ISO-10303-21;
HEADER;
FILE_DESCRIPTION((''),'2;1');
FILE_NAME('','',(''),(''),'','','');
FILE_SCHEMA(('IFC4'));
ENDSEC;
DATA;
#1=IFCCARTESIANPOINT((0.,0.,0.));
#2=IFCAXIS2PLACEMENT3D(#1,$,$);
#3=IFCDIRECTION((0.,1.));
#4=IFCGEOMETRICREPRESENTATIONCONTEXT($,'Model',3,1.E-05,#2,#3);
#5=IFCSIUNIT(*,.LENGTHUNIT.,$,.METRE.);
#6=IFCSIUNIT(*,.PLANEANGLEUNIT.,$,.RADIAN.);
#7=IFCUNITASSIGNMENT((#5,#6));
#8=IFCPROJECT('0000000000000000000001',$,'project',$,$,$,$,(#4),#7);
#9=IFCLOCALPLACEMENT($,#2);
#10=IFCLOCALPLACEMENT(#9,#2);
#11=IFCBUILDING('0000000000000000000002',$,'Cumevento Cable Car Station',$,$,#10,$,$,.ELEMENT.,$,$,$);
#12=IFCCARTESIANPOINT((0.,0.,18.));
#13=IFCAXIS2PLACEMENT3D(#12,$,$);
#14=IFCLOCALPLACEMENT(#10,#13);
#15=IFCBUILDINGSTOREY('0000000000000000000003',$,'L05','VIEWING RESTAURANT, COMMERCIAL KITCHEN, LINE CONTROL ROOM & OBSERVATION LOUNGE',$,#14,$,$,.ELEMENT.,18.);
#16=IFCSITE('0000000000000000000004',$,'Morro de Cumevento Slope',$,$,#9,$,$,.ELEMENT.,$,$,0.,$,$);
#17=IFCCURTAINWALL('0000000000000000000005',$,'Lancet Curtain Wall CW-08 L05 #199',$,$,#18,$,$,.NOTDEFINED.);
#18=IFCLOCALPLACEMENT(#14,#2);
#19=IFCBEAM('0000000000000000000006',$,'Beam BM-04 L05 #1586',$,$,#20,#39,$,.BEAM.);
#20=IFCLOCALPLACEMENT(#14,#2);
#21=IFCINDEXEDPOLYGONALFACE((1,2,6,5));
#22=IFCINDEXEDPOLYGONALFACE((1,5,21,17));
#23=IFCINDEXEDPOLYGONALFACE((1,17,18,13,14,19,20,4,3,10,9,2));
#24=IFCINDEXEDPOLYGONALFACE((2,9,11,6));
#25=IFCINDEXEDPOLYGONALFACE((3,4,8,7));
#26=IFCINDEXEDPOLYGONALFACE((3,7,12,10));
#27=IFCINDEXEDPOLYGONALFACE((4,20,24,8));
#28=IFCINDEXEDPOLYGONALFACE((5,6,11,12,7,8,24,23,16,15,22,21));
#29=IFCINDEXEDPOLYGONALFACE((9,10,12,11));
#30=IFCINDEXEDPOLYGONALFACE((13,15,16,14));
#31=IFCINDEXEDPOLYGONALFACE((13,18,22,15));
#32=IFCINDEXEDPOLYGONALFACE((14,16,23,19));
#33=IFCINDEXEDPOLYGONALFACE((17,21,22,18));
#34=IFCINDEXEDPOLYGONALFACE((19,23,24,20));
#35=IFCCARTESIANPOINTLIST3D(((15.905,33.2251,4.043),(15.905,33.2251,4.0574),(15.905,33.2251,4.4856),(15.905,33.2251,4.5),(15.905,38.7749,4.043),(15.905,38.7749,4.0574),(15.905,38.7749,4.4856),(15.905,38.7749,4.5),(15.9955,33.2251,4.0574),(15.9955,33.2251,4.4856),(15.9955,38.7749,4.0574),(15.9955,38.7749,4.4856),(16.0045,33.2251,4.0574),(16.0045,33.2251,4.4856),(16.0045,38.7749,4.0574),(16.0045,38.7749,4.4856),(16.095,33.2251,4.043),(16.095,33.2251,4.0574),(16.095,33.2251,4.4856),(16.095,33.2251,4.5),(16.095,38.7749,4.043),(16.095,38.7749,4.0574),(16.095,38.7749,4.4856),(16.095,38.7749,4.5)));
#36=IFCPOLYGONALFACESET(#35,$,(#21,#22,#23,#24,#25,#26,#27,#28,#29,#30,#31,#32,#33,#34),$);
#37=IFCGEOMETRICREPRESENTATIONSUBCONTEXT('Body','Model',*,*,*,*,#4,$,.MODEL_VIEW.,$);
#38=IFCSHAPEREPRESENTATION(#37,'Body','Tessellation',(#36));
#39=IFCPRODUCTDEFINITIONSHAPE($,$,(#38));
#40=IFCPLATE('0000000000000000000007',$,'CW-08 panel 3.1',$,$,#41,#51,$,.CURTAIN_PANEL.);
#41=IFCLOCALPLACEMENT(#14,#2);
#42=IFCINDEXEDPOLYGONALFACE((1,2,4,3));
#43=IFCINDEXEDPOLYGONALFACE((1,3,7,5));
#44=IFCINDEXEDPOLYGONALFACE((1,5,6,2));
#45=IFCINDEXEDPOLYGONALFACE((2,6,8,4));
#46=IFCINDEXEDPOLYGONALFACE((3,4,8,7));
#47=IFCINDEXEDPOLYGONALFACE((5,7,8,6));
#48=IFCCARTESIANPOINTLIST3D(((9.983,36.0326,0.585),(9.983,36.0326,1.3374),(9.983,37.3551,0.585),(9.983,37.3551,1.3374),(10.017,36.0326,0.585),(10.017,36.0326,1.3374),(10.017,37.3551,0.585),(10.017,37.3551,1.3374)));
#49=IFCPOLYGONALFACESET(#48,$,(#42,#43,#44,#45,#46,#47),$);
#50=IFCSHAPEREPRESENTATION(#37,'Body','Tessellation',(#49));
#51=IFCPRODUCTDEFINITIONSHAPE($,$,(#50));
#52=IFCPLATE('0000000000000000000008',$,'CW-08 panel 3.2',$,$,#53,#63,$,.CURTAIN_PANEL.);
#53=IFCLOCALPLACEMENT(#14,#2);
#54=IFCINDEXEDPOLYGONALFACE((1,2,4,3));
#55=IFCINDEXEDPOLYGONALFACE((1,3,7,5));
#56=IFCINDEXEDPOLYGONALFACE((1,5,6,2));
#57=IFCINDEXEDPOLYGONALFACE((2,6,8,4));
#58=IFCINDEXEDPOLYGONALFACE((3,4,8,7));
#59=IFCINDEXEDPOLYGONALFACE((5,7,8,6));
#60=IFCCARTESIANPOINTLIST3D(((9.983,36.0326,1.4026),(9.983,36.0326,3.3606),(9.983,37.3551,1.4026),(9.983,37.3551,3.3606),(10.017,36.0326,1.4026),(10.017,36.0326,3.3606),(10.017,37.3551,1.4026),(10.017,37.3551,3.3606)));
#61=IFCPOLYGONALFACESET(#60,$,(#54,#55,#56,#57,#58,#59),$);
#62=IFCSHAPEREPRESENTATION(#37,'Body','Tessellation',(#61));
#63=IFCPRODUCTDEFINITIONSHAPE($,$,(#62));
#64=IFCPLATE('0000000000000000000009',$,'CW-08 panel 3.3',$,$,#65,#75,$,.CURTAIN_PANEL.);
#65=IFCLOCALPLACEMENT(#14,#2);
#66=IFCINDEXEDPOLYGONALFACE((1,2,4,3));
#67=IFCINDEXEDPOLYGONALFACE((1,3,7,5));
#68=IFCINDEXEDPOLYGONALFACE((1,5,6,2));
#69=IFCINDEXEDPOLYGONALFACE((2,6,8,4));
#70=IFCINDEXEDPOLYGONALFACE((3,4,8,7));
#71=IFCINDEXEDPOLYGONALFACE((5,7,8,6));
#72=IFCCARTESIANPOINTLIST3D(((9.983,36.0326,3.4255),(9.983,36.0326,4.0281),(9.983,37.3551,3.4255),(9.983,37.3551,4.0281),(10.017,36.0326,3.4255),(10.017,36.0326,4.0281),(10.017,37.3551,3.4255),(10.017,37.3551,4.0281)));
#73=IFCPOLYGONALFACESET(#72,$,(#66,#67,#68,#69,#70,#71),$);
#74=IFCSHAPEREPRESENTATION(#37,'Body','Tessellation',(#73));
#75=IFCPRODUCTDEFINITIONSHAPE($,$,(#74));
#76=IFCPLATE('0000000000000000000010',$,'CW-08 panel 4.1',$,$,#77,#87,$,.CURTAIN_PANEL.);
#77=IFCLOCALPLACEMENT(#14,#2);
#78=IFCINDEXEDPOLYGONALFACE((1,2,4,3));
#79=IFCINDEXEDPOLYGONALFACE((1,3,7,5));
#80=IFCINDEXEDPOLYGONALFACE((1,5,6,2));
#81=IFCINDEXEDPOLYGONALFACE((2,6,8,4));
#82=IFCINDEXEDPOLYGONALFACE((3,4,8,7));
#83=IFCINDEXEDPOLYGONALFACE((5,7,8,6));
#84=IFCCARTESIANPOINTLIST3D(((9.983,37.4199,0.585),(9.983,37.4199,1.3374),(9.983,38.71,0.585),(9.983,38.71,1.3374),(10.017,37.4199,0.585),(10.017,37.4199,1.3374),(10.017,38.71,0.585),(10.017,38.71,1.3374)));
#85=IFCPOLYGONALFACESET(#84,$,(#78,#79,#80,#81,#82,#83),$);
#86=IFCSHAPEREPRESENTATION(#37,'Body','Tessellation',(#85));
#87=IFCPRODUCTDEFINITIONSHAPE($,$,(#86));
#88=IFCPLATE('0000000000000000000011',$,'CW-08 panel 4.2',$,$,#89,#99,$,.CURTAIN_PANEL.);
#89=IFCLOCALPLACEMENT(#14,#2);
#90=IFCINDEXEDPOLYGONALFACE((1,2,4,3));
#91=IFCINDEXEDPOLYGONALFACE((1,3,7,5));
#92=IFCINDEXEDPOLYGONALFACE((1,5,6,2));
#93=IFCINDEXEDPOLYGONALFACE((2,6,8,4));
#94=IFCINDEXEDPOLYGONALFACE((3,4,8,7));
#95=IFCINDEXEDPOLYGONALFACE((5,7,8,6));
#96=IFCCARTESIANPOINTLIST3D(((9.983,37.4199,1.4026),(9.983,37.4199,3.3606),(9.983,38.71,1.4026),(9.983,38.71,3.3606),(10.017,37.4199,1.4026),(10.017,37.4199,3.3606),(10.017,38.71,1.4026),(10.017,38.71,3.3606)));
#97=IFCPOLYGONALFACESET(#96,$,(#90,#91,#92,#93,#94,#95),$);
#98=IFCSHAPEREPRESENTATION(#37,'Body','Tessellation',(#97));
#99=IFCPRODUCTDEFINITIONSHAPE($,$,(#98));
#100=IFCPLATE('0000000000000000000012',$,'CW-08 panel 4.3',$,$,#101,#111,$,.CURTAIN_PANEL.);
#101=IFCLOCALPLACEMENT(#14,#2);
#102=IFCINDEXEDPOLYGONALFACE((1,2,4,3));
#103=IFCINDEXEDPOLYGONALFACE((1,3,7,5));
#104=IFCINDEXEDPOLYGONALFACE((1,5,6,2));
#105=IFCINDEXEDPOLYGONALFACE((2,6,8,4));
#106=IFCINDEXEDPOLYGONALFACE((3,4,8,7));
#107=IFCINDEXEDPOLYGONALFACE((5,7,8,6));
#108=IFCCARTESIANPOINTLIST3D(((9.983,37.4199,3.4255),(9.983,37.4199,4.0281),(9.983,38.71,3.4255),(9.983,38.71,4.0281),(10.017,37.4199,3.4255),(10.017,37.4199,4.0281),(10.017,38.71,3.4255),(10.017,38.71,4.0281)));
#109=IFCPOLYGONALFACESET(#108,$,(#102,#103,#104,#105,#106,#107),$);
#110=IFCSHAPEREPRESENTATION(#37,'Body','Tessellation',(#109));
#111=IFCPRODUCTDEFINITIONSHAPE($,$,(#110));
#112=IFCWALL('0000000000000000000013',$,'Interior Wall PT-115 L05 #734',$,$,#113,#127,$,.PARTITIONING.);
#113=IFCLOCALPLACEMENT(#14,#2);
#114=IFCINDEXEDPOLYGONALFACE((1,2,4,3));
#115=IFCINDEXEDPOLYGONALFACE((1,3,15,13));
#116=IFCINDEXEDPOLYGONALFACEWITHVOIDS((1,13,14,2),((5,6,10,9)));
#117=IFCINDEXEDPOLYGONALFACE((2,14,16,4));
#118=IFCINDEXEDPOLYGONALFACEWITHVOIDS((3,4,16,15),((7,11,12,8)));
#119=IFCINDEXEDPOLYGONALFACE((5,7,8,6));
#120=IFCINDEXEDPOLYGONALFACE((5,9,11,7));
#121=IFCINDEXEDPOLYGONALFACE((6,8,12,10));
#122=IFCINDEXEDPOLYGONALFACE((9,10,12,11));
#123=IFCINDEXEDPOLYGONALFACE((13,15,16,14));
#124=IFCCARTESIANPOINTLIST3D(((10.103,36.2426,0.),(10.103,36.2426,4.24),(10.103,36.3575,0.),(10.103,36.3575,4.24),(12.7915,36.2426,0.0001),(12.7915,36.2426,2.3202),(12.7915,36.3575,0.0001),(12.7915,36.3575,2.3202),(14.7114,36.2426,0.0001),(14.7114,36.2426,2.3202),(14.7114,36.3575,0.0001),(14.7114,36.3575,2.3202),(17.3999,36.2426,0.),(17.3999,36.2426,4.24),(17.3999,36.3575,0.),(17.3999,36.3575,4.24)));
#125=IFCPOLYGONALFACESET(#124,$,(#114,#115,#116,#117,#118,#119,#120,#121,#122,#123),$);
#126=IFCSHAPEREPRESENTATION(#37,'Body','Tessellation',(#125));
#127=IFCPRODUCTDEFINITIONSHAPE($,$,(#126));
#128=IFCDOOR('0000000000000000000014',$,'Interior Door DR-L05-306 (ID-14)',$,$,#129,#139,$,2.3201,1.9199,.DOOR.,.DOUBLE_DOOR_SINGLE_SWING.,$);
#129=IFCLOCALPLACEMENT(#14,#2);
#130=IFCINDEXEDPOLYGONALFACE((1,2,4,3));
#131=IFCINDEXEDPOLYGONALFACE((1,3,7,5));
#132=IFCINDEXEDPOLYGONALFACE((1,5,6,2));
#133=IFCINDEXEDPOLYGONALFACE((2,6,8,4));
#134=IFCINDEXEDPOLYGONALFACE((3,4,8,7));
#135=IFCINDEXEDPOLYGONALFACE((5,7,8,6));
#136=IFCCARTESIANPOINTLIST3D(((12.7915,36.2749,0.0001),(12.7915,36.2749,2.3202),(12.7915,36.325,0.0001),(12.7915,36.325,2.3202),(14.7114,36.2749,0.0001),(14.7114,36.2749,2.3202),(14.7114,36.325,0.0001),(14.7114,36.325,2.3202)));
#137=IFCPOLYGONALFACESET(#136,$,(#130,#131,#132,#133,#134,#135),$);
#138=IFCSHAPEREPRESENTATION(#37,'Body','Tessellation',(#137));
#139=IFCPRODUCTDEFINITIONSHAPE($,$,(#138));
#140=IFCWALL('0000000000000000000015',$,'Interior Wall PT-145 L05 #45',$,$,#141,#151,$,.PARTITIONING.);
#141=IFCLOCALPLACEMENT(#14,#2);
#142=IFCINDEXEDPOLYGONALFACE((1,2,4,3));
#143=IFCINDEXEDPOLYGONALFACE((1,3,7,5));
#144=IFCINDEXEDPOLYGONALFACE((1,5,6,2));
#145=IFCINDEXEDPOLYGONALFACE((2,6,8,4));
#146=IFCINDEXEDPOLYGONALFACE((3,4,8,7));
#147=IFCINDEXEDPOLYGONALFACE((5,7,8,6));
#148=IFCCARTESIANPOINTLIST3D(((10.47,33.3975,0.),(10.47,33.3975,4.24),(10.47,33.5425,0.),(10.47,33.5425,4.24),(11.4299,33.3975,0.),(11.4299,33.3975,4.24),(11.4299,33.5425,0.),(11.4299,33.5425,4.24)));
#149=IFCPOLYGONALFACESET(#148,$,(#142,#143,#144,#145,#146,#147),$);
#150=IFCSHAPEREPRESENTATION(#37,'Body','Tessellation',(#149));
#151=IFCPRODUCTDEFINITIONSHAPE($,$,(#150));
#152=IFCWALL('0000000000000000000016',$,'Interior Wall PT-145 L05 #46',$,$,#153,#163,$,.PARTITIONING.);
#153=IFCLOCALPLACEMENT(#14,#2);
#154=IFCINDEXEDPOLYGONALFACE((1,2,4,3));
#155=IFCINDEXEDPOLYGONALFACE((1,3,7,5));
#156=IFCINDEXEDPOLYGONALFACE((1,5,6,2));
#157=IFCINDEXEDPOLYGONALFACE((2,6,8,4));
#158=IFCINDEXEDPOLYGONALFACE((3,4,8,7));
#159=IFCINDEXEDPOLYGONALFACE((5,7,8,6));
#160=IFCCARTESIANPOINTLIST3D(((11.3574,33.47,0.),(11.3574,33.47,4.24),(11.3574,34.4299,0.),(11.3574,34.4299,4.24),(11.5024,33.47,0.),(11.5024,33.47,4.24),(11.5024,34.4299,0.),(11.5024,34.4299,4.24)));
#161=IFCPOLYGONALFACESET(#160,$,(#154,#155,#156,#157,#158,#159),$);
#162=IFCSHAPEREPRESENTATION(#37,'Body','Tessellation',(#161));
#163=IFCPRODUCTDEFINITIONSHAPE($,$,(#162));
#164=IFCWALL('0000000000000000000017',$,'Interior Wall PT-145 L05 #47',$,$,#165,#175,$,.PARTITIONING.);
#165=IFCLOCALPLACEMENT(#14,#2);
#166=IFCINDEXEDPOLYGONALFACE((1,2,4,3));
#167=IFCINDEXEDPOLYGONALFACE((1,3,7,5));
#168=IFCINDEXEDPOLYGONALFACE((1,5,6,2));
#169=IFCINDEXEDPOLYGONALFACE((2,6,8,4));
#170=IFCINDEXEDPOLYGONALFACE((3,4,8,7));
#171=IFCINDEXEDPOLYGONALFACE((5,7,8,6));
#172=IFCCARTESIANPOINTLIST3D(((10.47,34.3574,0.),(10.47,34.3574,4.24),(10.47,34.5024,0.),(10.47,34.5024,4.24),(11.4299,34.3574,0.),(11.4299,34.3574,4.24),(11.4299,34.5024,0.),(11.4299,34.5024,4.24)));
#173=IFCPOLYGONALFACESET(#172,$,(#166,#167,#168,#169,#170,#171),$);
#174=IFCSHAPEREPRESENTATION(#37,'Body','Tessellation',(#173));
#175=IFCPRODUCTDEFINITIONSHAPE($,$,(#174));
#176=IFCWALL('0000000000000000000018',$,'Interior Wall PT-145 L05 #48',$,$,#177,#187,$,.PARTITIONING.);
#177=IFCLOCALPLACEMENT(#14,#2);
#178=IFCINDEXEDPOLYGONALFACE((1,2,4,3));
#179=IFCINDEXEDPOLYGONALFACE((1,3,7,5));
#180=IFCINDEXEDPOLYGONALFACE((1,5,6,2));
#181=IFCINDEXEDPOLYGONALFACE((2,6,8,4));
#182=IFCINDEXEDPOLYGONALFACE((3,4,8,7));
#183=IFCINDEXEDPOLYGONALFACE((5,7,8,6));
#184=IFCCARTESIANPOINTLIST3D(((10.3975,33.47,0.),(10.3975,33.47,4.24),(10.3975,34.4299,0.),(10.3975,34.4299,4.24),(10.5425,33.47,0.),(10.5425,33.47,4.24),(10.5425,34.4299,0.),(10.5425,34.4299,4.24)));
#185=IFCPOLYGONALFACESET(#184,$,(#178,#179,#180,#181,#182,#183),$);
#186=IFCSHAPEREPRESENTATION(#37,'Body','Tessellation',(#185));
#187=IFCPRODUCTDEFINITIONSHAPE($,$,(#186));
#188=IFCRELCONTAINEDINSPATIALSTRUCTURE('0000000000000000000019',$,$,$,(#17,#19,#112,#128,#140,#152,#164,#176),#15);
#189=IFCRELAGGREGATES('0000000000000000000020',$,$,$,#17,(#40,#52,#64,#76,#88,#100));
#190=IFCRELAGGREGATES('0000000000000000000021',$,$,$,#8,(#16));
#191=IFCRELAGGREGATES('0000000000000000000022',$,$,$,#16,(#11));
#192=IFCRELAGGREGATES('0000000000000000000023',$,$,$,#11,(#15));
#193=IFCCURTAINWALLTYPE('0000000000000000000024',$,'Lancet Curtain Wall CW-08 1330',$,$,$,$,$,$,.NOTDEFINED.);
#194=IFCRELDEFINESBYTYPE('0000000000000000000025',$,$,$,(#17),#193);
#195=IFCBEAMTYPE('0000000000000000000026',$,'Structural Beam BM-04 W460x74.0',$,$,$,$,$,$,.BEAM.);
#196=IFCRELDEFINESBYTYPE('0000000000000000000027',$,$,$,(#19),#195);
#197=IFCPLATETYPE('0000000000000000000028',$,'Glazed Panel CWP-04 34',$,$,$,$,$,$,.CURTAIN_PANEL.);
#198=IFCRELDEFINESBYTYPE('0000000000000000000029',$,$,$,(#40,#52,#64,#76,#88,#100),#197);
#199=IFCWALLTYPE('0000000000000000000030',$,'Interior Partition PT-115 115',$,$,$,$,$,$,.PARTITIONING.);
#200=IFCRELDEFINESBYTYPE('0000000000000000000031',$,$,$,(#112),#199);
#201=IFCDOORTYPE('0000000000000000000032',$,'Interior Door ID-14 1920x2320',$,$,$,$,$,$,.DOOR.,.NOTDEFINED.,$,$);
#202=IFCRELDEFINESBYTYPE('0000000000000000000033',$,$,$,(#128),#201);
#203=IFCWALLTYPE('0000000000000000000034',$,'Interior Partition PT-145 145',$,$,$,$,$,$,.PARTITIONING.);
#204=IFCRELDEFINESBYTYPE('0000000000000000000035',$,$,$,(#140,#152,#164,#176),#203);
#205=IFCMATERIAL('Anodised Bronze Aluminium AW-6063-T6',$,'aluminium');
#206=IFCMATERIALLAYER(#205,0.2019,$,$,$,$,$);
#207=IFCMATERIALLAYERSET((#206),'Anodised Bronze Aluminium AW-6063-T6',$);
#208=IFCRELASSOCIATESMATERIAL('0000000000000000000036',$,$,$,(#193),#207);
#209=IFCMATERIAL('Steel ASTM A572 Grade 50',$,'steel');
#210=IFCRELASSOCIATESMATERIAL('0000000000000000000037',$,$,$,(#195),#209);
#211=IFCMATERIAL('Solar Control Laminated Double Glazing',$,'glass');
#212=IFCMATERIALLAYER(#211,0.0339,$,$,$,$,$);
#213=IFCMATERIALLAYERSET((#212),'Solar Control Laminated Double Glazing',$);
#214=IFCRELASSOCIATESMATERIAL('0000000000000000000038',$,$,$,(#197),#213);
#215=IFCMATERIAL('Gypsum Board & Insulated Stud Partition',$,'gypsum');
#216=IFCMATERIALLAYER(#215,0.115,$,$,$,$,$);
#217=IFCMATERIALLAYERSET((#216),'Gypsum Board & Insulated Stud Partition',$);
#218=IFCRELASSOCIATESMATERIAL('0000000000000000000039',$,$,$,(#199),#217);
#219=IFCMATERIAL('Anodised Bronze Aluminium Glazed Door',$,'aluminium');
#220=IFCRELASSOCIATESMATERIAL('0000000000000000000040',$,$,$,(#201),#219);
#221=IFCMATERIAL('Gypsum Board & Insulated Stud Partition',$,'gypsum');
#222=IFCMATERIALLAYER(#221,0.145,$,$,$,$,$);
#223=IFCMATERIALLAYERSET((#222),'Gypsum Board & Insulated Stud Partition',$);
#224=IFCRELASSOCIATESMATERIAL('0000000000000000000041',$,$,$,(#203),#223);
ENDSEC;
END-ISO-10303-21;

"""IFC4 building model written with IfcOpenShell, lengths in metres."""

from ifc_helpers import new_model, si_unit, direction, frame, frame_2d, origin, origin_2d, place, context, subcontext, project, spatial, rectangle, i_section, extrude, material, layer, layer_set, material_profile, profile_set, type_object, element, fill, aggregate, save


model = new_model("IFC4")

# Units and contexts
model_context = context("Model", 3, precision=1e-05, world=origin(), true_north=direction((0.0, 1.0)))
body_context = subcontext(model_context, "Body", "Model", "MODEL_VIEW")
ifc_project = project(units=[si_unit("LENGTHUNIT", "METRE"), si_unit("PLANEANGLEUNIT", "RADIAN")], contexts=[model_context])

# Site, building, storey
site_placement = place(None, origin())
site = spatial("IfcSite", under=ifc_project, at=site_placement, Name="Morro de Cumevento Slope", CompositionType="ELEMENT", RefElevation=0.0)
building_placement = place(site_placement, origin())
building = spatial("IfcBuilding", under=site, at=building_placement, Name="Cumevento Cable Car Station", CompositionType="ELEMENT")
storey_placement = place(building_placement, frame((0.0, 0.0, 18.0)))
storey = spatial("IfcBuildingStorey", under=building, at=storey_placement, Name="L05", Description="VIEWING RESTAURANT, COMMERCIAL KITCHEN, LINE CONTROL ROOM & OBSERVATION LOUNGE", CompositionType="ELEMENT", Elevation=18.0)

# Curtain wall
ifc_material_1 = material(Name="Anodised Bronze Aluminium AW-6063-T6", Category="aluminium")
ifc_layer_1 = layer(ifc_material_1, 0.2019)
ifc_layer_set_1 = layer_set([ifc_layer_1], Name="Anodised Bronze Aluminium AW-6063-T6")
curtain_wall_type = type_object("IfcCurtainWallType", Name="Lancet Curtain Wall CW-08 1330", PredefinedType="NOTDEFINED", material=ifc_layer_set_1)
curtain_wall_placement = place(storey_placement, origin())
curtain_wall = element("IfcCurtainWall", 1, at=curtain_wall_placement, inside=storey, type_object=curtain_wall_type, Name="Lancet Curtain Wall CW-08 L05 #199", PredefinedType="NOTDEFINED")

# Beam
ifc_material_2 = material(Name="Steel ASTM A572 Grade 50", Category="steel")
ifc_material_profile_1 = material_profile(ifc_material_2, i_section(OverallWidth=0.1899, OverallDepth=0.457, WebThickness=0.009, FlangeThickness=0.0144, at=origin_2d()), Name="W460x74.0")
ifc_profile_set_1 = profile_set([ifc_material_profile_1], Name="Steel ASTM A572 Grade 50")
beam_type = type_object("IfcBeamType", Name="Structural Beam BM-04 W460x74.0", PredefinedType="BEAM", material=ifc_profile_set_1)
beam_placement = place(storey_placement, frame((16.0, 33.2251, 4.2715), z_axis=(0.0, 1.0, 0.0), x_axis=(-1.0, 0.0, 0.0)))
element("IfcBeam", 2, at=beam_placement, inside=storey, type_object=beam_type, Name="Beam BM-04 L05 #1586", PredefinedType="BEAM", context=body_context, shape_type="SweptSolid", body=[
    extrude(i_section(OverallWidth=0.1899, OverallDepth=0.457, WebThickness=0.009, FlangeThickness=0.0144, at=origin_2d()), origin(), (0.0, 0.0, 1.0), 5.5498),
])

# Plates
ifc_material_3 = material(Name="Solar Control Laminated Double Glazing", Category="glass")
ifc_layer_2 = layer(ifc_material_3, 0.0339)
ifc_layer_set_2 = layer_set([ifc_layer_2], Name="Solar Control Laminated Double Glazing")
plate_type = type_object("IfcPlateType", Name="Glazed Panel CWP-04 34", PredefinedType="CURTAIN_PANEL", material=ifc_layer_set_2)
plate_1_placement = place(storey_placement, frame((10.0, 36.6938, 0.585), z_axis=(0.0, 0.0, 1.0), x_axis=(0.0, 1.0, 0.0)))
plate_1 = element("IfcPlate", 3, at=plate_1_placement, type_object=plate_type, Name="CW-08 panel 3.1", PredefinedType="CURTAIN_PANEL", context=body_context, shape_type="SweptSolid", body=[
    extrude(rectangle(XDim=1.3225, YDim=0.0339, at=origin_2d()), origin(), (0.0, 0.0, 1.0), 0.7524),
])
plate_2_placement = place(storey_placement, frame((10.0, 36.6938, 1.4026), z_axis=(0.0, 0.0, 1.0), x_axis=(0.0, 1.0, 0.0)))
plate_2 = element("IfcPlate", 4, at=plate_2_placement, type_object=plate_type, Name="CW-08 panel 3.2", PredefinedType="CURTAIN_PANEL", context=body_context, shape_type="SweptSolid", body=[
    extrude(rectangle(XDim=1.3225, YDim=0.0339, at=origin_2d()), origin(), (0.0, 0.0, 1.0), 1.958),
])
plate_3_placement = place(storey_placement, frame((10.0, 36.6938, 3.4255), z_axis=(0.0, 0.0, 1.0), x_axis=(0.0, 1.0, 0.0)))
plate_3 = element("IfcPlate", 5, at=plate_3_placement, type_object=plate_type, Name="CW-08 panel 3.3", PredefinedType="CURTAIN_PANEL", context=body_context, shape_type="SweptSolid", body=[
    extrude(rectangle(XDim=1.3225, YDim=0.0339, at=origin_2d()), origin(), (0.0, 0.0, 1.0), 0.6025),
])
plate_4_placement = place(storey_placement, frame((10.0, 38.0649, 0.585), z_axis=(0.0, 0.0, 1.0), x_axis=(0.0, 1.0, 0.0)))
plate_4 = element("IfcPlate", 6, at=plate_4_placement, type_object=plate_type, Name="CW-08 panel 4.1", PredefinedType="CURTAIN_PANEL", context=body_context, shape_type="SweptSolid", body=[
    extrude(rectangle(XDim=1.29, YDim=0.0339, at=origin_2d()), origin(), (0.0, 0.0, 1.0), 0.7524),
])
plate_5_placement = place(storey_placement, frame((10.0, 38.0649, 1.4026), z_axis=(0.0, 0.0, 1.0), x_axis=(0.0, 1.0, 0.0)))
plate_5 = element("IfcPlate", 7, at=plate_5_placement, type_object=plate_type, Name="CW-08 panel 4.2", PredefinedType="CURTAIN_PANEL", context=body_context, shape_type="SweptSolid", body=[
    extrude(rectangle(XDim=1.29, YDim=0.0339, at=origin_2d()), origin(), (0.0, 0.0, 1.0), 1.958),
])
plate_6_placement = place(storey_placement, frame((10.0, 38.0649, 3.4255), z_axis=(0.0, 0.0, 1.0), x_axis=(0.0, 1.0, 0.0)))
plate_6 = element("IfcPlate", 8, at=plate_6_placement, type_object=plate_type, Name="CW-08 panel 4.3", PredefinedType="CURTAIN_PANEL", context=body_context, shape_type="SweptSolid", body=[
    extrude(rectangle(XDim=1.29, YDim=0.0339, at=origin_2d()), origin(), (0.0, 0.0, 1.0), 0.6025),
])
aggregate(curtain_wall, [plate_1, plate_2, plate_3, plate_4, plate_5, plate_6])

# Wall, opening, door
ifc_material_4 = material(Name="Gypsum Board & Insulated Stud Partition", Category="gypsum")
ifc_layer_3 = layer(ifc_material_4, 0.115)
ifc_layer_set_3 = layer_set([ifc_layer_3], Name="Gypsum Board & Insulated Stud Partition")
wall_type_1 = type_object("IfcWallType", Name="Interior Partition PT-115 115", PredefinedType="PARTITIONING", material=ifc_layer_set_3)
wall_placement = place(storey_placement, frame((10.103, 36.3, 0.0), z_axis=(0.0, 0.0, 1.0), x_axis=(1.0, 0.0, 0.0)))
wall = element("IfcWall", 9, at=wall_placement, inside=storey, type_object=wall_type_1, Name="Interior Wall PT-115 L05 #734", PredefinedType="PARTITIONING", context=body_context, shape_type="SweptSolid", body=[
    extrude(rectangle(XDim=7.2969, YDim=0.115, at=frame_2d((3.6484, 0.0))), origin(), (0.0, 0.0, 1.0), 4.24),
])
opening_placement = place(wall_placement, frame((2.6885, 0.0, 0.0)))
opening = element("IfcOpeningElement", 10, at=opening_placement, cuts=wall, PredefinedType="OPENING", context=body_context, shape_type="SweptSolid", body=[
    extrude(rectangle(XDim=1.9199, YDim=2.3201, at=frame_2d((0.96, 1.1602))), frame((0.0, 0.0676, 0.0), z_axis=(0.0, -1.0, 0.0), x_axis=(1.0, 0.0, 0.0)), (0.0, 0.0, 1.0), 0.135),
])
ifc_material_5 = material(Name="Anodised Bronze Aluminium Glazed Door", Category="aluminium")
door_type = type_object("IfcDoorType", Name="Interior Door ID-14 1920x2320", OperationType="NOTDEFINED", PredefinedType="DOOR", material=ifc_material_5)
door_placement = place(opening_placement, origin())
door = element("IfcDoor", 11, at=door_placement, inside=storey, type_object=door_type, Name="Interior Door DR-L05-306 (ID-14)", OperationType="DOUBLE_DOOR_SINGLE_SWING", OverallHeight=2.3201, OverallWidth=1.9199, PredefinedType="DOOR", context=body_context, shape_type="SweptSolid", body=[
    extrude(rectangle(XDim=1.9199, YDim=2.3201, at=frame_2d((0.96, 1.1602))), frame((0.0, 0.0249, 0.0), z_axis=(0.0, -1.0, 0.0), x_axis=(1.0, 0.0, 0.0)), (0.0, 0.0, 1.0), 0.05),
])
fill(opening, door)

# Walls
ifc_material_6 = material(Name="Gypsum Board & Insulated Stud Partition", Category="gypsum")
ifc_layer_4 = layer(ifc_material_6, 0.145)
ifc_layer_set_4 = layer_set([ifc_layer_4], Name="Gypsum Board & Insulated Stud Partition")
wall_type_2 = type_object("IfcWallType", Name="Interior Partition PT-145 145", PredefinedType="PARTITIONING", material=ifc_layer_set_4)
for number, where, z_axis, x_axis, name in (
    (12, (10.47, 33.47, 0.0), (0.0, 0.0, 1.0), (1.0, 0.0, 0.0), "Interior Wall PT-145 L05 #45"),
    (13, (11.4299, 33.47, 0.0), (0.0, 0.0, 1.0), (0.0, 1.0, 0.0), "Interior Wall PT-145 L05 #46"),
    (14, (11.4299, 34.4299, 0.0), (0.0, 0.0, 1.0), (-1.0, 0.0, 0.0), "Interior Wall PT-145 L05 #47"),
    (15, (10.47, 34.4299, 0.0), (0.0, 0.0, 1.0), (0.0, -1.0, 0.0), "Interior Wall PT-145 L05 #48"),
):
    element("IfcWall", number, at=place(storey_placement, frame(where, z_axis=z_axis, x_axis=x_axis)), inside=storey, type_object=wall_type_2, Name=name, PredefinedType="PARTITIONING", context=body_context, shape_type="SweptSolid", body=[
        extrude(rectangle(XDim=0.96, YDim=0.145, at=frame_2d((0.48, 0.0))), origin(), (0.0, 0.0, 1.0), 4.24),
    ])

save(model, "model.ifc")
